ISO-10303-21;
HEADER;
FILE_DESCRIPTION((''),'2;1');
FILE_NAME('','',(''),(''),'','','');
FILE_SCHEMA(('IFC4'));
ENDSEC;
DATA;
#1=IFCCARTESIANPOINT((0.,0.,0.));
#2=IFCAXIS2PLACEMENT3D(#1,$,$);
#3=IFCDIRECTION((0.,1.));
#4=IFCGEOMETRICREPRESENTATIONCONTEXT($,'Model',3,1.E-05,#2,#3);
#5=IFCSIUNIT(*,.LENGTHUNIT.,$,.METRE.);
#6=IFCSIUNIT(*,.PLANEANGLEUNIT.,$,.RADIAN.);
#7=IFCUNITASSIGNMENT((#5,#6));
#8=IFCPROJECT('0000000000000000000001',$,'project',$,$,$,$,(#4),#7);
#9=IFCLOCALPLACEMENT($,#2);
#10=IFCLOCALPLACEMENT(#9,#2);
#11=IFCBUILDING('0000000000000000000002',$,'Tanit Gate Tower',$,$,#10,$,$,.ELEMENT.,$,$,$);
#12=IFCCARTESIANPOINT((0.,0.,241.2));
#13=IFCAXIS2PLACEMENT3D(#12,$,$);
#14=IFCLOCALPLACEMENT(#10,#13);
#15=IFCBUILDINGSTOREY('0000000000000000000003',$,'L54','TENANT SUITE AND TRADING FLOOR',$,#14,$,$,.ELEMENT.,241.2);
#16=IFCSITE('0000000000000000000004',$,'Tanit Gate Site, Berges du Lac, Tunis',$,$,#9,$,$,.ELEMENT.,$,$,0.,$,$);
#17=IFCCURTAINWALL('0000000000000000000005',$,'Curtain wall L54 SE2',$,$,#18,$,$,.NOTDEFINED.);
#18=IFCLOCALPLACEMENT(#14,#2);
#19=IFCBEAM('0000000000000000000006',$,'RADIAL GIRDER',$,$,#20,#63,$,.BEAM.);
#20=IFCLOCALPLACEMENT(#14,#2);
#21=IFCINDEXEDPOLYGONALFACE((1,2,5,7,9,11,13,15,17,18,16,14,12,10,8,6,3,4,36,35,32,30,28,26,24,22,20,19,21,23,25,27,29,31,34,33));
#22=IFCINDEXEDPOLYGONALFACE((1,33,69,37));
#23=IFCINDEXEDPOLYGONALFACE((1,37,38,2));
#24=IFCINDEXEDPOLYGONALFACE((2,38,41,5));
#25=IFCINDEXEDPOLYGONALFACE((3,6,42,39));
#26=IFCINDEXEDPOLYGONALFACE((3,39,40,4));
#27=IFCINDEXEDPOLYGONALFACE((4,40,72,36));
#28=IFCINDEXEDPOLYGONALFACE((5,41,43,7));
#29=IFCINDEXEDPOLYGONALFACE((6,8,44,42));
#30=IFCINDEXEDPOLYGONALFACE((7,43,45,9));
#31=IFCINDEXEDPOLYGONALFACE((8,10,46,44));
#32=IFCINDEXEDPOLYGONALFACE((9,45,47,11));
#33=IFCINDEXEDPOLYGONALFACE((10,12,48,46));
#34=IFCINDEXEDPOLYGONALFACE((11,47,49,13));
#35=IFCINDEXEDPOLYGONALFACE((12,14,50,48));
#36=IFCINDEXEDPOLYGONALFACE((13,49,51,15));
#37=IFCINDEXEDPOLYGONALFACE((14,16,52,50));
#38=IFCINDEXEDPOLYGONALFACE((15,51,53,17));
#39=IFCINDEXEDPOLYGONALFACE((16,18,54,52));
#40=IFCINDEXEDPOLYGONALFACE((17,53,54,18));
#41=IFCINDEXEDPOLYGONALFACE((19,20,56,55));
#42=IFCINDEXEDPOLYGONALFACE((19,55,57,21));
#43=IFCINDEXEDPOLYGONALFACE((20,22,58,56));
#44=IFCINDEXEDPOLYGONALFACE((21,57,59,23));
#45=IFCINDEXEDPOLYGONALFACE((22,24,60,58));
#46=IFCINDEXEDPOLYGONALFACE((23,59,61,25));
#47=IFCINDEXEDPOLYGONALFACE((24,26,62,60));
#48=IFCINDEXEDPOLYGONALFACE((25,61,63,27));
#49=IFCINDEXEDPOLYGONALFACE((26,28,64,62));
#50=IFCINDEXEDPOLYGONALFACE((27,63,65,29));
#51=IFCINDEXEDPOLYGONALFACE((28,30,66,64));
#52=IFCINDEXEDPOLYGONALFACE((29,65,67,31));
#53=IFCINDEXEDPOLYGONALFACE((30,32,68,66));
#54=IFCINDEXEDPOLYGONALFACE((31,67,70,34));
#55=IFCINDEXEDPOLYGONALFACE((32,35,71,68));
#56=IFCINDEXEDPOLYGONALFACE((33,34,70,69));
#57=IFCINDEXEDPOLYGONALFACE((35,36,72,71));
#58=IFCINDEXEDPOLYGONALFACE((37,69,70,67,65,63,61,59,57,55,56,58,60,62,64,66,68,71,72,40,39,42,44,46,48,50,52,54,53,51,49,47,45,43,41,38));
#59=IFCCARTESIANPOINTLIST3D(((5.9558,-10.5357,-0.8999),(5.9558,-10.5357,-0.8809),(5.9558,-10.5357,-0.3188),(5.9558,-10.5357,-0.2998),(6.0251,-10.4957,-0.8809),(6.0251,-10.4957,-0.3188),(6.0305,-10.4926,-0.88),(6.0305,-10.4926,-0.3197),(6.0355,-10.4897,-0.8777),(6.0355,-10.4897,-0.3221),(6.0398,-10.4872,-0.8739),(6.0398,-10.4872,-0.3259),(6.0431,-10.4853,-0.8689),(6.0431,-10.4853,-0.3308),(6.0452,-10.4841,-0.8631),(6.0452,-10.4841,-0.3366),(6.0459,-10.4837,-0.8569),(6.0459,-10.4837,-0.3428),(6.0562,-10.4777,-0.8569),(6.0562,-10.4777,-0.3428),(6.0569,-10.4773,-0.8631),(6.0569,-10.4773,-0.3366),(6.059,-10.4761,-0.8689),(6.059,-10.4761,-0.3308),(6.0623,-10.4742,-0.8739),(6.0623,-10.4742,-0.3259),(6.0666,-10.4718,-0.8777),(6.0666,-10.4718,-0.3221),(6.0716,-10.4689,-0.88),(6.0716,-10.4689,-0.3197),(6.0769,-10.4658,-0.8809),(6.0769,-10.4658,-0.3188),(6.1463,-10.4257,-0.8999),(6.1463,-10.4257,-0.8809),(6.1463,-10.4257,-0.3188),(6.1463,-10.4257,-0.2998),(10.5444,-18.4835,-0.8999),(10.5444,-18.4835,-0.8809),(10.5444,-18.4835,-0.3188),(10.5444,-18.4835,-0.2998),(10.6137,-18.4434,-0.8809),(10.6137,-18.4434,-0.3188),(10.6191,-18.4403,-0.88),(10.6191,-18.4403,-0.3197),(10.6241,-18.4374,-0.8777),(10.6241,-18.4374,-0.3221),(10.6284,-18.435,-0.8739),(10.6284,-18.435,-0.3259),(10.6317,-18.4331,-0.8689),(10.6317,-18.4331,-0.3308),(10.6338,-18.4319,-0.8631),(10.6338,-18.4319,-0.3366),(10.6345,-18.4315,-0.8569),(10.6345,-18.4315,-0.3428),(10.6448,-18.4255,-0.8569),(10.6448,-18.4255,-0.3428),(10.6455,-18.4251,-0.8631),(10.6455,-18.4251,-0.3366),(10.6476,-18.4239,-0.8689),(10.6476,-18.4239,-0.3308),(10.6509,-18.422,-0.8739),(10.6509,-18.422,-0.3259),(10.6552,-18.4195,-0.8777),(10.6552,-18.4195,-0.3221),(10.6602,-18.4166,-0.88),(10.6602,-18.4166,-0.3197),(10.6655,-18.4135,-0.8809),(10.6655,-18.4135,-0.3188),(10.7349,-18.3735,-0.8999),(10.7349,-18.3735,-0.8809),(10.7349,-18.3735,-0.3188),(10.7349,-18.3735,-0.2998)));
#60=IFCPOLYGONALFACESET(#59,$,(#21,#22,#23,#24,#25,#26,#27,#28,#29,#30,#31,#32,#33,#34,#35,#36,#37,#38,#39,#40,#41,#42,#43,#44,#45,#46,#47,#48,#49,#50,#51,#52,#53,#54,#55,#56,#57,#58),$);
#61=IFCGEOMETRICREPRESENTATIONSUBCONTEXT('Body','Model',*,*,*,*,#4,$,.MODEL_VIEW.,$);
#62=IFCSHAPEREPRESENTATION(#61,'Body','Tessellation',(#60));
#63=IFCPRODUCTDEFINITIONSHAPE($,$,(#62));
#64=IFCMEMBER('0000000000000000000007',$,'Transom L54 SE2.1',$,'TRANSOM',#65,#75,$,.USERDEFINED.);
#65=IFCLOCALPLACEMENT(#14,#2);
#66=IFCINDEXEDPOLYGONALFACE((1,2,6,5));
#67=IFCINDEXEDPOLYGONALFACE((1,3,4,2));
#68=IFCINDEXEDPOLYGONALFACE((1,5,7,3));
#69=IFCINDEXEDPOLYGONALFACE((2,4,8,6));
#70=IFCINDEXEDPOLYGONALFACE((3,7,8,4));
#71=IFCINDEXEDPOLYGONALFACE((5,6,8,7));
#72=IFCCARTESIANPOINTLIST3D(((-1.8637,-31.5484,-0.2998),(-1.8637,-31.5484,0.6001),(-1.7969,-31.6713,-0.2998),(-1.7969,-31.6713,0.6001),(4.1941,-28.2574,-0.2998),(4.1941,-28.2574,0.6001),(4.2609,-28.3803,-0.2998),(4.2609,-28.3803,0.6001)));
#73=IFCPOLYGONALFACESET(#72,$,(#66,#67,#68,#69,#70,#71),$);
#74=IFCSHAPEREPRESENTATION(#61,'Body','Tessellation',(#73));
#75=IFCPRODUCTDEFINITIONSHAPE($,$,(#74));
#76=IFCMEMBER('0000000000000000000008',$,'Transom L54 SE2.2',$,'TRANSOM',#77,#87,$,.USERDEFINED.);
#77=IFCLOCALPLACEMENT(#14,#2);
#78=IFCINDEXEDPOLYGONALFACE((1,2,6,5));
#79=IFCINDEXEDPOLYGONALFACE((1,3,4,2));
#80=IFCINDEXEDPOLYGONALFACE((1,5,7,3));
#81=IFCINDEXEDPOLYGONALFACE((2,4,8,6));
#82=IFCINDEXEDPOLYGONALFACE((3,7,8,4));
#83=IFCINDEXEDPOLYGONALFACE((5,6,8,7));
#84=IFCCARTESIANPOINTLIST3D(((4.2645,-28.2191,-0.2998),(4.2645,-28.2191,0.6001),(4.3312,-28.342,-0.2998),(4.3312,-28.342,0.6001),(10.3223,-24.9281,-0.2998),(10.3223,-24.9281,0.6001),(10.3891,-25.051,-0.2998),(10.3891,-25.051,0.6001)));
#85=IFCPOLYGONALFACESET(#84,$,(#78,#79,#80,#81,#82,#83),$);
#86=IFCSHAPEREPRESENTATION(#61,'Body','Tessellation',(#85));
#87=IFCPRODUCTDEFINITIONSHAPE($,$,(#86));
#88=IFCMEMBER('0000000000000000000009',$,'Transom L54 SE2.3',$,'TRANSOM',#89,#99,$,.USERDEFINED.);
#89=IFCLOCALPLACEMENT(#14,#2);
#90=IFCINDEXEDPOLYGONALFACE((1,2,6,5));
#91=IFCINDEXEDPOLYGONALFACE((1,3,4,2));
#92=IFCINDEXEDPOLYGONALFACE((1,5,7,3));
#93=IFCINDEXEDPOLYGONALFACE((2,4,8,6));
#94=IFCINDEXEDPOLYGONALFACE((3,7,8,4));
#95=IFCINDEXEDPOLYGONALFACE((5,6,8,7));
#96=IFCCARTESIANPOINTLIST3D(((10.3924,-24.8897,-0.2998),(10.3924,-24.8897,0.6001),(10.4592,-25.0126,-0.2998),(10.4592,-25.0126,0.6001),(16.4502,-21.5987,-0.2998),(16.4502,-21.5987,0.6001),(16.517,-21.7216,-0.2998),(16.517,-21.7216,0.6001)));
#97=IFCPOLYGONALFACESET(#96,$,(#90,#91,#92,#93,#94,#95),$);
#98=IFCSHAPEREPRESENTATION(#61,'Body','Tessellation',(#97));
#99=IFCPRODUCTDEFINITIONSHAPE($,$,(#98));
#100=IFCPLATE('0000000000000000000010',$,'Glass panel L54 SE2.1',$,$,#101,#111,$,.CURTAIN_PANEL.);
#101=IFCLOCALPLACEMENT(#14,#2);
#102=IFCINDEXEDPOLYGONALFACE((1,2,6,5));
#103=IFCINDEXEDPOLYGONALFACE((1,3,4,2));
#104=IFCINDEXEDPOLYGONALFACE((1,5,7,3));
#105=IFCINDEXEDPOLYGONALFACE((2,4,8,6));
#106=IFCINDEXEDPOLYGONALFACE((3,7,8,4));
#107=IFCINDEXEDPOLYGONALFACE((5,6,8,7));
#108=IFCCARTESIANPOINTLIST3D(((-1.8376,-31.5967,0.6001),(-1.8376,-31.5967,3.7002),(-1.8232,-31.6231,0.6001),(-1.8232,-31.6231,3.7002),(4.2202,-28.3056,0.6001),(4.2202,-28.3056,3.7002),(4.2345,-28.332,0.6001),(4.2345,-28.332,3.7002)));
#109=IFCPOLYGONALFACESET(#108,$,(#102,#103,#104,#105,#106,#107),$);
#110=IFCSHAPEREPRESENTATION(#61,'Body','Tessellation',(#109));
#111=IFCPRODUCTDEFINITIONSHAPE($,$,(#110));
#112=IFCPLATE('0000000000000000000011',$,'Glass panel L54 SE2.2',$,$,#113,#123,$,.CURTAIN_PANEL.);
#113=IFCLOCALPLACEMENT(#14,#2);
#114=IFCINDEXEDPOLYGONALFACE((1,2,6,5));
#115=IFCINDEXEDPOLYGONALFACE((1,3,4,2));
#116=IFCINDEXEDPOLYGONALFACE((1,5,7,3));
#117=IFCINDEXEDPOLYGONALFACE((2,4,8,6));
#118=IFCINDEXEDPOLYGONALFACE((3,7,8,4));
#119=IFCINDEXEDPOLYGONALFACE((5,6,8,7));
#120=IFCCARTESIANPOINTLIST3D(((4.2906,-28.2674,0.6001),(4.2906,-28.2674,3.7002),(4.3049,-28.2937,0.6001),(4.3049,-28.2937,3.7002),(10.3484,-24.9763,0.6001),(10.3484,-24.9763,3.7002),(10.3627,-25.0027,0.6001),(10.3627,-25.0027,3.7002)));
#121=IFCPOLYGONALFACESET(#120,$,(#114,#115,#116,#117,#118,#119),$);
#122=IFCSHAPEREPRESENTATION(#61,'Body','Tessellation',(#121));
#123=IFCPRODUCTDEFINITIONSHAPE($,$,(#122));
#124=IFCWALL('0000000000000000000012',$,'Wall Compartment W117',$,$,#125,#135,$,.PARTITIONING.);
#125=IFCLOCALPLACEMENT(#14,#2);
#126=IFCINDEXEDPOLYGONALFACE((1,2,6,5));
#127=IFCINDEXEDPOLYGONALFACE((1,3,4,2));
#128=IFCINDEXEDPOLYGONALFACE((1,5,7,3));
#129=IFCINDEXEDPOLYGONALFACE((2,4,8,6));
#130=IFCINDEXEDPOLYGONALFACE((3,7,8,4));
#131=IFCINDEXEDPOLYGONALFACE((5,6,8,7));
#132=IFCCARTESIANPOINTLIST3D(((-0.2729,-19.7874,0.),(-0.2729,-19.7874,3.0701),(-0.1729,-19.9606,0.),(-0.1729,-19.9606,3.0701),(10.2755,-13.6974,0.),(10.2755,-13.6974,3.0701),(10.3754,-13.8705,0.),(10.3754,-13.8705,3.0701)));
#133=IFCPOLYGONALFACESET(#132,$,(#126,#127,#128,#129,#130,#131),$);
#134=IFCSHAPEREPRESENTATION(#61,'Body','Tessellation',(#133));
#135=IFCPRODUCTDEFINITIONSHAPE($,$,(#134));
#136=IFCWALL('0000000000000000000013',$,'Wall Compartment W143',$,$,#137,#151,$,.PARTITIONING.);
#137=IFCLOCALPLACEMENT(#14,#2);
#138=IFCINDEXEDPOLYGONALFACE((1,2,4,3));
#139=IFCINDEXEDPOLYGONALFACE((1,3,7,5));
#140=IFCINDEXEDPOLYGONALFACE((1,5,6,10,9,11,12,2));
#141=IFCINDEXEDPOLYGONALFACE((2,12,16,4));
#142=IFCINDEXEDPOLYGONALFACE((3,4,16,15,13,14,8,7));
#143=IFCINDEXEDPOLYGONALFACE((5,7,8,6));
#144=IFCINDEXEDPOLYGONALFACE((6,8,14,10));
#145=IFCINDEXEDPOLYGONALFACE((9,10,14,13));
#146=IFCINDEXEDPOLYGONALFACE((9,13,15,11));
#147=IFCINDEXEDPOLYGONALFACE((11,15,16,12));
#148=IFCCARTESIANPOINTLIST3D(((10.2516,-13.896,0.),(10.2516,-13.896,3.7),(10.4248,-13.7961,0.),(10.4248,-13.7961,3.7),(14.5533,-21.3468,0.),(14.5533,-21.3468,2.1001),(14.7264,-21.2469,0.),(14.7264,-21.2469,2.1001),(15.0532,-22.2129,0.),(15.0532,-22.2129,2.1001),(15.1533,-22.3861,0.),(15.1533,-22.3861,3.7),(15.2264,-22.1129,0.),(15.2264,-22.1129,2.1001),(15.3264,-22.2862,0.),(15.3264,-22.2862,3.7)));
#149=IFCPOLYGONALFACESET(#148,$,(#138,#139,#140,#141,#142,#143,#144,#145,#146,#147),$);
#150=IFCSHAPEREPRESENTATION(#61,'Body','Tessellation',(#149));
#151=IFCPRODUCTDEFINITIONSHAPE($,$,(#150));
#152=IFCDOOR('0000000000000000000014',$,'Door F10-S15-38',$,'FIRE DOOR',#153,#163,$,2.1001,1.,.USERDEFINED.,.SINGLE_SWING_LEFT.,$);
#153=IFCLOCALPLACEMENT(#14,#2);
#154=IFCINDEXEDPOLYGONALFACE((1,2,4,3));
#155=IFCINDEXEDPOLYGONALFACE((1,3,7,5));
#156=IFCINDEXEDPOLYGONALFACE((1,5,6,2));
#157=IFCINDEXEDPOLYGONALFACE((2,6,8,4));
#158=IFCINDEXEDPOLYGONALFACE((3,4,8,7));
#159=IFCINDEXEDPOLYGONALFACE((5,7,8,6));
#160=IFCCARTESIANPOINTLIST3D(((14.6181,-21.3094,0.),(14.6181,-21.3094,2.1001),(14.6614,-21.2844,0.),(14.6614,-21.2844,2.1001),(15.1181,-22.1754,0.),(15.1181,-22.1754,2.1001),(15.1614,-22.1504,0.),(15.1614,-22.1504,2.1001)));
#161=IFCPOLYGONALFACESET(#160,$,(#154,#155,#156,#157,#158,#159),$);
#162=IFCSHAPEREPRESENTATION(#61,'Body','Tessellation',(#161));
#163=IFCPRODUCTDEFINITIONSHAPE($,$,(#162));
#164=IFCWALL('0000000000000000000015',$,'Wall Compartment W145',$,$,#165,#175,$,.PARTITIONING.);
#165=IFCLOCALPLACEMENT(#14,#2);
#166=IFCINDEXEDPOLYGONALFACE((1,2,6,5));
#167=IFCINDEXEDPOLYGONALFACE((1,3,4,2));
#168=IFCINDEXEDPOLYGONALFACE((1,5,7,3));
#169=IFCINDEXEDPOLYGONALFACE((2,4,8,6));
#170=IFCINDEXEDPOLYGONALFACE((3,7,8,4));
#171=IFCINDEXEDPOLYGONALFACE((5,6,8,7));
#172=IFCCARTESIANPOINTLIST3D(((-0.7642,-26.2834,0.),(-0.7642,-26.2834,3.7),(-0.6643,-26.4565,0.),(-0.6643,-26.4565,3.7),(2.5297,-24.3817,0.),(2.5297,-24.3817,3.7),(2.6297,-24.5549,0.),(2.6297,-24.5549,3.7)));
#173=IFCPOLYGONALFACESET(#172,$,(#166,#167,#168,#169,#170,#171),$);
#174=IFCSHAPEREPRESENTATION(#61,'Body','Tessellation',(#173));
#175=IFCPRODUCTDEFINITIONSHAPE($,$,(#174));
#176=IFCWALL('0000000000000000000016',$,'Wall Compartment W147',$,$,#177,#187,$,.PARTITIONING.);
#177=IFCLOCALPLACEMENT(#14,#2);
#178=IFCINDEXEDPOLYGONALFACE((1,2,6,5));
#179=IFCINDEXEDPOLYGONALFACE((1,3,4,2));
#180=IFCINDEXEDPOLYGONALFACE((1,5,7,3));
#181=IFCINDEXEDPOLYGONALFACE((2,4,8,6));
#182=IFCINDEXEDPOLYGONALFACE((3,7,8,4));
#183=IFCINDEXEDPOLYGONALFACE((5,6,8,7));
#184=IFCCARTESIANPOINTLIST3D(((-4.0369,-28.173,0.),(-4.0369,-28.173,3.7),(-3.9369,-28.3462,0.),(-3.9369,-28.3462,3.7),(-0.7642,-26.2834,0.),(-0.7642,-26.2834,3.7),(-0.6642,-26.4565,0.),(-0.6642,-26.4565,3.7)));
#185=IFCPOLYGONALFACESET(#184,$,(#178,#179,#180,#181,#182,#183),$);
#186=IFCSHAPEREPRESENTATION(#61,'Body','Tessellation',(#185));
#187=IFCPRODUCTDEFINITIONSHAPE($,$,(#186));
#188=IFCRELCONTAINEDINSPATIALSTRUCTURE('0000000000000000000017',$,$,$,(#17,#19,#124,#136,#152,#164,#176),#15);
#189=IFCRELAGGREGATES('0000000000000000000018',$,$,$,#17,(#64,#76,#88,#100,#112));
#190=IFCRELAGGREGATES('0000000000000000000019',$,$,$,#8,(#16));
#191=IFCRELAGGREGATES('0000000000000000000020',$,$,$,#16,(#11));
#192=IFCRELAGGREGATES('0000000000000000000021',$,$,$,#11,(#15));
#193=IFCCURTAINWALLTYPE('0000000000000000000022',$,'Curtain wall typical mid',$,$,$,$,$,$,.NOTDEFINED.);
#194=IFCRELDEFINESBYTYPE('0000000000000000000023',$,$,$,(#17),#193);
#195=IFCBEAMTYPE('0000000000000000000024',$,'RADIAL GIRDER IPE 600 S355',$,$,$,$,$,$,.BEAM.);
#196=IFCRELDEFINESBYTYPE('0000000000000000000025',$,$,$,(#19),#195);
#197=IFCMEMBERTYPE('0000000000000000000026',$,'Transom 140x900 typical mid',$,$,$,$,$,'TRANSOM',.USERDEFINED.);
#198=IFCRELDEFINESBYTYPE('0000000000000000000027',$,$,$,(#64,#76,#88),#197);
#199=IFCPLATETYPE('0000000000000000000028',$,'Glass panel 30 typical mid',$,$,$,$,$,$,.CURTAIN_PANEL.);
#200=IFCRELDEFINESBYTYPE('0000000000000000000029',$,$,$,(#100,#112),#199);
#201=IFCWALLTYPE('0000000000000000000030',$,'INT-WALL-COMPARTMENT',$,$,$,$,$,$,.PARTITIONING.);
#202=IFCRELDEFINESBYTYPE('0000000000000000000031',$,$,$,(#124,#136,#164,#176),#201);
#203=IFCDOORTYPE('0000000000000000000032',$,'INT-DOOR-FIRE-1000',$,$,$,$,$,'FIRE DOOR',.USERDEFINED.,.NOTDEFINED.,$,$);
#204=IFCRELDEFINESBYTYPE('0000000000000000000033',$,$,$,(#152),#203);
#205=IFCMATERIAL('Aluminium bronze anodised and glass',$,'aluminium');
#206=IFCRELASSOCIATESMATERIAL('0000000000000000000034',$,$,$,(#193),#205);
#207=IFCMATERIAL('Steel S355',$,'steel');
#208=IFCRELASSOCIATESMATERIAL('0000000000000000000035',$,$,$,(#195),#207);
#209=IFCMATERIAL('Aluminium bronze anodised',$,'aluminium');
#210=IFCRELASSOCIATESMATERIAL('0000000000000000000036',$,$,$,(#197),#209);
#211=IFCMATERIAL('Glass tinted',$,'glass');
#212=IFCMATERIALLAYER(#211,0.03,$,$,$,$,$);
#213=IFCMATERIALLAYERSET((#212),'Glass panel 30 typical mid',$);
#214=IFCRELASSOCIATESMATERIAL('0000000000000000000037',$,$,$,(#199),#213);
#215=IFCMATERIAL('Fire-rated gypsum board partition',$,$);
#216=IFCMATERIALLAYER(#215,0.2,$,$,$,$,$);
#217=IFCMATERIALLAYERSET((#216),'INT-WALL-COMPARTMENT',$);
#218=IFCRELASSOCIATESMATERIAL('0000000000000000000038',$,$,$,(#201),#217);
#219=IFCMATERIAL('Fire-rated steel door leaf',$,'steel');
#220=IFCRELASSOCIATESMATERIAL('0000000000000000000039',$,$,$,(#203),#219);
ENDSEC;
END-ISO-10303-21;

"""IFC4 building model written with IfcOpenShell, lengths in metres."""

from ifc_helpers import new_model, si_unit, direction, frame, frame_2d, origin, origin_2d, place, context, subcontext, project, spatial, rectangle, i_section, extrude, material, layer, layer_set, material_profile, profile_set, type_object, element, fill, aggregate, save


model = new_model("IFC4")

# Units and contexts
model_context = context("Model", 3, precision=1e-05, world=origin(), true_north=direction((0.0, 1.0)))
body_context = subcontext(model_context, "Body", "Model", "MODEL_VIEW")
ifc_project = project(units=[si_unit("LENGTHUNIT", "METRE"), si_unit("PLANEANGLEUNIT", "RADIAN")], contexts=[model_context])

# Site, building, storey
site_placement = place(None, origin())
site = spatial("IfcSite", under=ifc_project, at=site_placement, Name="Tanit Gate Site, Berges du Lac, Tunis", CompositionType="ELEMENT", RefElevation=0.0)
building_placement = place(site_placement, origin())
building = spatial("IfcBuilding", under=site, at=building_placement, Name="Tanit Gate Tower", CompositionType="ELEMENT")
storey_placement = place(building_placement, frame((0.0, 0.0, 241.2)))
storey = spatial("IfcBuildingStorey", under=building, at=storey_placement, Name="L54", Description="TENANT SUITE AND TRADING FLOOR", CompositionType="ELEMENT", Elevation=241.2)

# Curtain wall
ifc_material_1 = material(Name="Aluminium bronze anodised and glass", Category="aluminium")
curtain_wall_type = type_object("IfcCurtainWallType", Name="Curtain wall typical mid", PredefinedType="NOTDEFINED", material=ifc_material_1)
curtain_wall_1_placement = place(storey_placement, origin())
curtain_wall_1 = element("IfcCurtainWall", 1, at=curtain_wall_1_placement, inside=storey, type_object=curtain_wall_type, Name="Curtain wall L54 SE2", PredefinedType="NOTDEFINED")

# Beam
ifc_material_2 = material(Name="Steel S355", Category="steel")
ifc_material_profile_1 = material_profile(ifc_material_2, i_section(OverallWidth=0.22, OverallDepth=0.6001, WebThickness=0.012, FlangeThickness=0.019, FilletRadius=0.0239, at=origin_2d()), Name="IPE 600")
ifc_profile_set_1 = profile_set([ifc_material_profile_1], Name="Steel S355")
beam_type_1 = type_object("IfcBeamType", Name="RADIAL GIRDER IPE 600 S355", PredefinedType="BEAM", material=ifc_profile_set_1)
beam_1_placement = place(storey_placement, frame((10.6396, -18.4285, -0.5999), z_axis=(-0.499999, 0.866026, 0.0), x_axis=(-0.866026, -0.499999, 0.0)))
element("IfcBeam", 2, at=beam_1_placement, inside=storey, type_object=beam_type_1, Name="RADIAL GIRDER", PredefinedType="BEAM", context=body_context, shape_type="SweptSolid", body=[
    extrude(i_section(OverallWidth=0.22, OverallDepth=0.6001, WebThickness=0.012, FlangeThickness=0.019, FilletRadius=0.0239, at=origin_2d()), origin(), (0.0, 0.0, 1.0), 9.1772),
])

# Members
ifc_material_3 = material(Name="Aluminium bronze anodised", Category="aluminium")
ifc_material_profile_2 = material_profile(ifc_material_3, rectangle(XDim=0.1399, YDim=0.8999, at=origin_2d()), Name="140x900 bronze transom")
ifc_profile_set_2 = profile_set([ifc_material_profile_2], Name="Aluminium bronze anodised")
member_type_1 = type_object("IfcMemberType", Name="Transom 140x900 typical mid", ElementType="TRANSOM", PredefinedType="USERDEFINED", material=ifc_profile_set_2)
member_1_placement = place(storey_placement, frame((-1.8303, -31.6099, 0.1501), z_axis=(0.878704, 0.477368, 0.0), x_axis=(-0.477368, 0.878704, 0.0)))
member_1 = element("IfcMember", 3, at=member_1_placement, type_object=member_type_1, Name="Transom L54 SE2.1", ObjectType="TRANSOM", PredefinedType="USERDEFINED", context=body_context, shape_type="SweptSolid", body=[
    extrude(rectangle(XDim=0.1399, YDim=0.8999, at=origin_2d()), origin(), (0.0, 0.0, 1.0), 6.894),
])
member_2_placement = place(storey_placement, frame((4.2979, -28.2805, 0.1501), z_axis=(0.878704, 0.477368, 0.0), x_axis=(-0.477368, 0.878704, 0.0)))
member_2 = element("IfcMember", 4, at=member_2_placement, type_object=member_type_1, Name="Transom L54 SE2.2", ObjectType="TRANSOM", PredefinedType="USERDEFINED", context=body_context, shape_type="SweptSolid", body=[
    extrude(rectangle(XDim=0.1399, YDim=0.8999, at=origin_2d()), origin(), (0.0, 0.0, 1.0), 6.894),
])
member_3_placement = place(storey_placement, frame((10.4258, -24.9512, 0.1501), z_axis=(0.878704, 0.477368, 0.0), x_axis=(-0.477368, 0.878704, 0.0)))
member_3 = element("IfcMember", 5, at=member_3_placement, type_object=member_type_1, Name="Transom L54 SE2.3", ObjectType="TRANSOM", PredefinedType="USERDEFINED", context=body_context, shape_type="SweptSolid", body=[
    extrude(rectangle(XDim=0.1399, YDim=0.8999, at=origin_2d()), origin(), (0.0, 0.0, 1.0), 6.894),
])

# Plates
ifc_material_4 = material(Name="Glass tinted", Category="glass")
ifc_layer_1 = layer(ifc_material_4, 0.03)
ifc_layer_set_1 = layer_set([ifc_layer_1], Name="Glass panel 30 typical mid")
plate_type = type_object("IfcPlateType", Name="Glass panel 30 typical mid", PredefinedType="CURTAIN_PANEL", material=ifc_layer_set_1)
plate_1_placement = place(storey_placement, frame((1.1985, -29.9644, 0.6001), z_axis=(0.0, 0.0, 1.0), x_axis=(0.878696, 0.477381, 0.0)))
plate_1 = element("IfcPlate", 6, at=plate_1_placement, type_object=plate_type, Name="Glass panel L54 SE2.1", PredefinedType="CURTAIN_PANEL", context=body_context, shape_type="SweptSolid", body=[
    extrude(rectangle(XDim=6.894, YDim=0.03, at=origin_2d()), origin(), (0.0, 0.0, 1.0), 3.1001),
])
plate_2_placement = place(storey_placement, frame((7.3267, -26.635, 0.6001), z_axis=(0.0, 0.0, 1.0), x_axis=(0.878696, 0.477381, 0.0)))
plate_2 = element("IfcPlate", 7, at=plate_2_placement, type_object=plate_type, Name="Glass panel L54 SE2.2", PredefinedType="CURTAIN_PANEL", context=body_context, shape_type="SweptSolid", body=[
    extrude(rectangle(XDim=6.894, YDim=0.03, at=origin_2d()), origin(), (0.0, 0.0, 1.0), 3.1001),
])
aggregate(curtain_wall_1, [member_1, member_2, member_3, plate_1, plate_2])

# Wall
ifc_material_5 = material(Name="Fire-rated gypsum board partition")
ifc_layer_2 = layer(ifc_material_5, 0.2)
ifc_layer_set_2 = layer_set([ifc_layer_2], Name="INT-WALL-COMPARTMENT")
wall_type_1 = type_object("IfcWallType", Name="INT-WALL-COMPARTMENT", PredefinedType="PARTITIONING", material=ifc_layer_set_2)
wall_1_placement = place(storey_placement, frame((-0.2229, -19.874, 0.0), z_axis=(0.0, 0.0, 1.0), x_axis=(0.866025, 0.5, 0.0)))
element("IfcWall", 8, at=wall_1_placement, inside=storey, type_object=wall_type_1, Name="Wall Compartment W117", PredefinedType="PARTITIONING", context=body_context, shape_type="SweptSolid", body=[
    extrude(rectangle(XDim=12.1802, YDim=0.2, at=frame_2d((6.0901, 0.0))), origin(), (0.0, 0.0, 1.0), 3.0701),
])

# Wall, opening, door
wall_2_placement = place(storey_placement, frame((10.3381, -13.8459, 0.0), z_axis=(0.0, 0.0, 1.0), x_axis=(0.499993, -0.866029, 0.0)))
wall_2 = element("IfcWall", 9, at=wall_2_placement, inside=storey, type_object=wall_type_1, Name="Wall Compartment W143", PredefinedType="PARTITIONING", context=body_context, shape_type="SweptSolid", body=[
    extrude(rectangle(XDim=9.8035, YDim=0.2, at=frame_2d((4.9019, 0.0))), origin(), (0.0, 0.0, 1.0), 3.7),
])
opening_placement = place(wall_2_placement, frame((8.6035, 0.0, 0.0)))
opening = element("IfcOpeningElement", 10, at=opening_placement, cuts=wall_2, PredefinedType="OPENING", context=body_context, shape_type="SweptSolid", body=[
    extrude(rectangle(XDim=1.0, YDim=2.1001, at=frame_2d((0.5, 1.05))), frame((0.0, 0.1099, 0.0), z_axis=(0.0, -1.0, 0.0), x_axis=(1.0, 0.0, 0.0)), (0.0, 0.0, 1.0), 0.22),
])
ifc_material_6 = material(Name="Fire-rated steel door leaf", Category="steel")
door_type = type_object("IfcDoorType", Name="INT-DOOR-FIRE-1000", ElementType="FIRE DOOR", OperationType="NOTDEFINED", PredefinedType="USERDEFINED", material=ifc_material_6)
door_placement = place(opening_placement, origin())
door = element("IfcDoor", 11, at=door_placement, inside=storey, type_object=door_type, Name="Door F10-S15-38", ObjectType="FIRE DOOR", OperationType="SINGLE_SWING_LEFT", OverallHeight=2.1001, OverallWidth=1.0, PredefinedType="USERDEFINED", context=body_context, shape_type="SweptSolid", body=[
    extrude(rectangle(XDim=1.0, YDim=2.1001, at=frame_2d((0.5, 1.05))), frame((0.0, 0.0249, 0.0), z_axis=(0.0, -1.0, 0.0), x_axis=(1.0, 0.0, 0.0)), (0.0, 0.0, 1.0), 0.05),
])
fill(opening, door)

# Walls
wall_3_placement = place(storey_placement, frame((2.5798, -24.4683, 0.0), z_axis=(0.0, 0.0, 1.0), x_axis=(-0.866042, -0.499971, 0.0)))
element("IfcWall", 12, at=wall_3_placement, inside=storey, type_object=wall_type_1, Name="Wall Compartment W145", PredefinedType="PARTITIONING", context=body_context, shape_type="SweptSolid", body=[
    extrude(rectangle(XDim=3.8035, YDim=0.2, at=frame_2d((1.9019, 0.0))), origin(), (0.0, 0.0, 1.0), 3.7),
])
wall_4_placement = place(storey_placement, frame((-0.7141, -26.3699, 0.0), z_axis=(0.0, 0.0, 1.0), x_axis=(-0.866008, -0.50003, 0.0)))
element("IfcWall", 13, at=wall_4_placement, inside=storey, type_object=wall_type_1, Name="Wall Compartment W147", PredefinedType="PARTITIONING", context=body_context, shape_type="SweptSolid", body=[
    extrude(rectangle(XDim=3.7791, YDim=0.2, at=frame_2d((1.8896, 0.0))), origin(), (0.0, 0.0, 1.0), 3.7),
])

save(model, "model.ifc")
